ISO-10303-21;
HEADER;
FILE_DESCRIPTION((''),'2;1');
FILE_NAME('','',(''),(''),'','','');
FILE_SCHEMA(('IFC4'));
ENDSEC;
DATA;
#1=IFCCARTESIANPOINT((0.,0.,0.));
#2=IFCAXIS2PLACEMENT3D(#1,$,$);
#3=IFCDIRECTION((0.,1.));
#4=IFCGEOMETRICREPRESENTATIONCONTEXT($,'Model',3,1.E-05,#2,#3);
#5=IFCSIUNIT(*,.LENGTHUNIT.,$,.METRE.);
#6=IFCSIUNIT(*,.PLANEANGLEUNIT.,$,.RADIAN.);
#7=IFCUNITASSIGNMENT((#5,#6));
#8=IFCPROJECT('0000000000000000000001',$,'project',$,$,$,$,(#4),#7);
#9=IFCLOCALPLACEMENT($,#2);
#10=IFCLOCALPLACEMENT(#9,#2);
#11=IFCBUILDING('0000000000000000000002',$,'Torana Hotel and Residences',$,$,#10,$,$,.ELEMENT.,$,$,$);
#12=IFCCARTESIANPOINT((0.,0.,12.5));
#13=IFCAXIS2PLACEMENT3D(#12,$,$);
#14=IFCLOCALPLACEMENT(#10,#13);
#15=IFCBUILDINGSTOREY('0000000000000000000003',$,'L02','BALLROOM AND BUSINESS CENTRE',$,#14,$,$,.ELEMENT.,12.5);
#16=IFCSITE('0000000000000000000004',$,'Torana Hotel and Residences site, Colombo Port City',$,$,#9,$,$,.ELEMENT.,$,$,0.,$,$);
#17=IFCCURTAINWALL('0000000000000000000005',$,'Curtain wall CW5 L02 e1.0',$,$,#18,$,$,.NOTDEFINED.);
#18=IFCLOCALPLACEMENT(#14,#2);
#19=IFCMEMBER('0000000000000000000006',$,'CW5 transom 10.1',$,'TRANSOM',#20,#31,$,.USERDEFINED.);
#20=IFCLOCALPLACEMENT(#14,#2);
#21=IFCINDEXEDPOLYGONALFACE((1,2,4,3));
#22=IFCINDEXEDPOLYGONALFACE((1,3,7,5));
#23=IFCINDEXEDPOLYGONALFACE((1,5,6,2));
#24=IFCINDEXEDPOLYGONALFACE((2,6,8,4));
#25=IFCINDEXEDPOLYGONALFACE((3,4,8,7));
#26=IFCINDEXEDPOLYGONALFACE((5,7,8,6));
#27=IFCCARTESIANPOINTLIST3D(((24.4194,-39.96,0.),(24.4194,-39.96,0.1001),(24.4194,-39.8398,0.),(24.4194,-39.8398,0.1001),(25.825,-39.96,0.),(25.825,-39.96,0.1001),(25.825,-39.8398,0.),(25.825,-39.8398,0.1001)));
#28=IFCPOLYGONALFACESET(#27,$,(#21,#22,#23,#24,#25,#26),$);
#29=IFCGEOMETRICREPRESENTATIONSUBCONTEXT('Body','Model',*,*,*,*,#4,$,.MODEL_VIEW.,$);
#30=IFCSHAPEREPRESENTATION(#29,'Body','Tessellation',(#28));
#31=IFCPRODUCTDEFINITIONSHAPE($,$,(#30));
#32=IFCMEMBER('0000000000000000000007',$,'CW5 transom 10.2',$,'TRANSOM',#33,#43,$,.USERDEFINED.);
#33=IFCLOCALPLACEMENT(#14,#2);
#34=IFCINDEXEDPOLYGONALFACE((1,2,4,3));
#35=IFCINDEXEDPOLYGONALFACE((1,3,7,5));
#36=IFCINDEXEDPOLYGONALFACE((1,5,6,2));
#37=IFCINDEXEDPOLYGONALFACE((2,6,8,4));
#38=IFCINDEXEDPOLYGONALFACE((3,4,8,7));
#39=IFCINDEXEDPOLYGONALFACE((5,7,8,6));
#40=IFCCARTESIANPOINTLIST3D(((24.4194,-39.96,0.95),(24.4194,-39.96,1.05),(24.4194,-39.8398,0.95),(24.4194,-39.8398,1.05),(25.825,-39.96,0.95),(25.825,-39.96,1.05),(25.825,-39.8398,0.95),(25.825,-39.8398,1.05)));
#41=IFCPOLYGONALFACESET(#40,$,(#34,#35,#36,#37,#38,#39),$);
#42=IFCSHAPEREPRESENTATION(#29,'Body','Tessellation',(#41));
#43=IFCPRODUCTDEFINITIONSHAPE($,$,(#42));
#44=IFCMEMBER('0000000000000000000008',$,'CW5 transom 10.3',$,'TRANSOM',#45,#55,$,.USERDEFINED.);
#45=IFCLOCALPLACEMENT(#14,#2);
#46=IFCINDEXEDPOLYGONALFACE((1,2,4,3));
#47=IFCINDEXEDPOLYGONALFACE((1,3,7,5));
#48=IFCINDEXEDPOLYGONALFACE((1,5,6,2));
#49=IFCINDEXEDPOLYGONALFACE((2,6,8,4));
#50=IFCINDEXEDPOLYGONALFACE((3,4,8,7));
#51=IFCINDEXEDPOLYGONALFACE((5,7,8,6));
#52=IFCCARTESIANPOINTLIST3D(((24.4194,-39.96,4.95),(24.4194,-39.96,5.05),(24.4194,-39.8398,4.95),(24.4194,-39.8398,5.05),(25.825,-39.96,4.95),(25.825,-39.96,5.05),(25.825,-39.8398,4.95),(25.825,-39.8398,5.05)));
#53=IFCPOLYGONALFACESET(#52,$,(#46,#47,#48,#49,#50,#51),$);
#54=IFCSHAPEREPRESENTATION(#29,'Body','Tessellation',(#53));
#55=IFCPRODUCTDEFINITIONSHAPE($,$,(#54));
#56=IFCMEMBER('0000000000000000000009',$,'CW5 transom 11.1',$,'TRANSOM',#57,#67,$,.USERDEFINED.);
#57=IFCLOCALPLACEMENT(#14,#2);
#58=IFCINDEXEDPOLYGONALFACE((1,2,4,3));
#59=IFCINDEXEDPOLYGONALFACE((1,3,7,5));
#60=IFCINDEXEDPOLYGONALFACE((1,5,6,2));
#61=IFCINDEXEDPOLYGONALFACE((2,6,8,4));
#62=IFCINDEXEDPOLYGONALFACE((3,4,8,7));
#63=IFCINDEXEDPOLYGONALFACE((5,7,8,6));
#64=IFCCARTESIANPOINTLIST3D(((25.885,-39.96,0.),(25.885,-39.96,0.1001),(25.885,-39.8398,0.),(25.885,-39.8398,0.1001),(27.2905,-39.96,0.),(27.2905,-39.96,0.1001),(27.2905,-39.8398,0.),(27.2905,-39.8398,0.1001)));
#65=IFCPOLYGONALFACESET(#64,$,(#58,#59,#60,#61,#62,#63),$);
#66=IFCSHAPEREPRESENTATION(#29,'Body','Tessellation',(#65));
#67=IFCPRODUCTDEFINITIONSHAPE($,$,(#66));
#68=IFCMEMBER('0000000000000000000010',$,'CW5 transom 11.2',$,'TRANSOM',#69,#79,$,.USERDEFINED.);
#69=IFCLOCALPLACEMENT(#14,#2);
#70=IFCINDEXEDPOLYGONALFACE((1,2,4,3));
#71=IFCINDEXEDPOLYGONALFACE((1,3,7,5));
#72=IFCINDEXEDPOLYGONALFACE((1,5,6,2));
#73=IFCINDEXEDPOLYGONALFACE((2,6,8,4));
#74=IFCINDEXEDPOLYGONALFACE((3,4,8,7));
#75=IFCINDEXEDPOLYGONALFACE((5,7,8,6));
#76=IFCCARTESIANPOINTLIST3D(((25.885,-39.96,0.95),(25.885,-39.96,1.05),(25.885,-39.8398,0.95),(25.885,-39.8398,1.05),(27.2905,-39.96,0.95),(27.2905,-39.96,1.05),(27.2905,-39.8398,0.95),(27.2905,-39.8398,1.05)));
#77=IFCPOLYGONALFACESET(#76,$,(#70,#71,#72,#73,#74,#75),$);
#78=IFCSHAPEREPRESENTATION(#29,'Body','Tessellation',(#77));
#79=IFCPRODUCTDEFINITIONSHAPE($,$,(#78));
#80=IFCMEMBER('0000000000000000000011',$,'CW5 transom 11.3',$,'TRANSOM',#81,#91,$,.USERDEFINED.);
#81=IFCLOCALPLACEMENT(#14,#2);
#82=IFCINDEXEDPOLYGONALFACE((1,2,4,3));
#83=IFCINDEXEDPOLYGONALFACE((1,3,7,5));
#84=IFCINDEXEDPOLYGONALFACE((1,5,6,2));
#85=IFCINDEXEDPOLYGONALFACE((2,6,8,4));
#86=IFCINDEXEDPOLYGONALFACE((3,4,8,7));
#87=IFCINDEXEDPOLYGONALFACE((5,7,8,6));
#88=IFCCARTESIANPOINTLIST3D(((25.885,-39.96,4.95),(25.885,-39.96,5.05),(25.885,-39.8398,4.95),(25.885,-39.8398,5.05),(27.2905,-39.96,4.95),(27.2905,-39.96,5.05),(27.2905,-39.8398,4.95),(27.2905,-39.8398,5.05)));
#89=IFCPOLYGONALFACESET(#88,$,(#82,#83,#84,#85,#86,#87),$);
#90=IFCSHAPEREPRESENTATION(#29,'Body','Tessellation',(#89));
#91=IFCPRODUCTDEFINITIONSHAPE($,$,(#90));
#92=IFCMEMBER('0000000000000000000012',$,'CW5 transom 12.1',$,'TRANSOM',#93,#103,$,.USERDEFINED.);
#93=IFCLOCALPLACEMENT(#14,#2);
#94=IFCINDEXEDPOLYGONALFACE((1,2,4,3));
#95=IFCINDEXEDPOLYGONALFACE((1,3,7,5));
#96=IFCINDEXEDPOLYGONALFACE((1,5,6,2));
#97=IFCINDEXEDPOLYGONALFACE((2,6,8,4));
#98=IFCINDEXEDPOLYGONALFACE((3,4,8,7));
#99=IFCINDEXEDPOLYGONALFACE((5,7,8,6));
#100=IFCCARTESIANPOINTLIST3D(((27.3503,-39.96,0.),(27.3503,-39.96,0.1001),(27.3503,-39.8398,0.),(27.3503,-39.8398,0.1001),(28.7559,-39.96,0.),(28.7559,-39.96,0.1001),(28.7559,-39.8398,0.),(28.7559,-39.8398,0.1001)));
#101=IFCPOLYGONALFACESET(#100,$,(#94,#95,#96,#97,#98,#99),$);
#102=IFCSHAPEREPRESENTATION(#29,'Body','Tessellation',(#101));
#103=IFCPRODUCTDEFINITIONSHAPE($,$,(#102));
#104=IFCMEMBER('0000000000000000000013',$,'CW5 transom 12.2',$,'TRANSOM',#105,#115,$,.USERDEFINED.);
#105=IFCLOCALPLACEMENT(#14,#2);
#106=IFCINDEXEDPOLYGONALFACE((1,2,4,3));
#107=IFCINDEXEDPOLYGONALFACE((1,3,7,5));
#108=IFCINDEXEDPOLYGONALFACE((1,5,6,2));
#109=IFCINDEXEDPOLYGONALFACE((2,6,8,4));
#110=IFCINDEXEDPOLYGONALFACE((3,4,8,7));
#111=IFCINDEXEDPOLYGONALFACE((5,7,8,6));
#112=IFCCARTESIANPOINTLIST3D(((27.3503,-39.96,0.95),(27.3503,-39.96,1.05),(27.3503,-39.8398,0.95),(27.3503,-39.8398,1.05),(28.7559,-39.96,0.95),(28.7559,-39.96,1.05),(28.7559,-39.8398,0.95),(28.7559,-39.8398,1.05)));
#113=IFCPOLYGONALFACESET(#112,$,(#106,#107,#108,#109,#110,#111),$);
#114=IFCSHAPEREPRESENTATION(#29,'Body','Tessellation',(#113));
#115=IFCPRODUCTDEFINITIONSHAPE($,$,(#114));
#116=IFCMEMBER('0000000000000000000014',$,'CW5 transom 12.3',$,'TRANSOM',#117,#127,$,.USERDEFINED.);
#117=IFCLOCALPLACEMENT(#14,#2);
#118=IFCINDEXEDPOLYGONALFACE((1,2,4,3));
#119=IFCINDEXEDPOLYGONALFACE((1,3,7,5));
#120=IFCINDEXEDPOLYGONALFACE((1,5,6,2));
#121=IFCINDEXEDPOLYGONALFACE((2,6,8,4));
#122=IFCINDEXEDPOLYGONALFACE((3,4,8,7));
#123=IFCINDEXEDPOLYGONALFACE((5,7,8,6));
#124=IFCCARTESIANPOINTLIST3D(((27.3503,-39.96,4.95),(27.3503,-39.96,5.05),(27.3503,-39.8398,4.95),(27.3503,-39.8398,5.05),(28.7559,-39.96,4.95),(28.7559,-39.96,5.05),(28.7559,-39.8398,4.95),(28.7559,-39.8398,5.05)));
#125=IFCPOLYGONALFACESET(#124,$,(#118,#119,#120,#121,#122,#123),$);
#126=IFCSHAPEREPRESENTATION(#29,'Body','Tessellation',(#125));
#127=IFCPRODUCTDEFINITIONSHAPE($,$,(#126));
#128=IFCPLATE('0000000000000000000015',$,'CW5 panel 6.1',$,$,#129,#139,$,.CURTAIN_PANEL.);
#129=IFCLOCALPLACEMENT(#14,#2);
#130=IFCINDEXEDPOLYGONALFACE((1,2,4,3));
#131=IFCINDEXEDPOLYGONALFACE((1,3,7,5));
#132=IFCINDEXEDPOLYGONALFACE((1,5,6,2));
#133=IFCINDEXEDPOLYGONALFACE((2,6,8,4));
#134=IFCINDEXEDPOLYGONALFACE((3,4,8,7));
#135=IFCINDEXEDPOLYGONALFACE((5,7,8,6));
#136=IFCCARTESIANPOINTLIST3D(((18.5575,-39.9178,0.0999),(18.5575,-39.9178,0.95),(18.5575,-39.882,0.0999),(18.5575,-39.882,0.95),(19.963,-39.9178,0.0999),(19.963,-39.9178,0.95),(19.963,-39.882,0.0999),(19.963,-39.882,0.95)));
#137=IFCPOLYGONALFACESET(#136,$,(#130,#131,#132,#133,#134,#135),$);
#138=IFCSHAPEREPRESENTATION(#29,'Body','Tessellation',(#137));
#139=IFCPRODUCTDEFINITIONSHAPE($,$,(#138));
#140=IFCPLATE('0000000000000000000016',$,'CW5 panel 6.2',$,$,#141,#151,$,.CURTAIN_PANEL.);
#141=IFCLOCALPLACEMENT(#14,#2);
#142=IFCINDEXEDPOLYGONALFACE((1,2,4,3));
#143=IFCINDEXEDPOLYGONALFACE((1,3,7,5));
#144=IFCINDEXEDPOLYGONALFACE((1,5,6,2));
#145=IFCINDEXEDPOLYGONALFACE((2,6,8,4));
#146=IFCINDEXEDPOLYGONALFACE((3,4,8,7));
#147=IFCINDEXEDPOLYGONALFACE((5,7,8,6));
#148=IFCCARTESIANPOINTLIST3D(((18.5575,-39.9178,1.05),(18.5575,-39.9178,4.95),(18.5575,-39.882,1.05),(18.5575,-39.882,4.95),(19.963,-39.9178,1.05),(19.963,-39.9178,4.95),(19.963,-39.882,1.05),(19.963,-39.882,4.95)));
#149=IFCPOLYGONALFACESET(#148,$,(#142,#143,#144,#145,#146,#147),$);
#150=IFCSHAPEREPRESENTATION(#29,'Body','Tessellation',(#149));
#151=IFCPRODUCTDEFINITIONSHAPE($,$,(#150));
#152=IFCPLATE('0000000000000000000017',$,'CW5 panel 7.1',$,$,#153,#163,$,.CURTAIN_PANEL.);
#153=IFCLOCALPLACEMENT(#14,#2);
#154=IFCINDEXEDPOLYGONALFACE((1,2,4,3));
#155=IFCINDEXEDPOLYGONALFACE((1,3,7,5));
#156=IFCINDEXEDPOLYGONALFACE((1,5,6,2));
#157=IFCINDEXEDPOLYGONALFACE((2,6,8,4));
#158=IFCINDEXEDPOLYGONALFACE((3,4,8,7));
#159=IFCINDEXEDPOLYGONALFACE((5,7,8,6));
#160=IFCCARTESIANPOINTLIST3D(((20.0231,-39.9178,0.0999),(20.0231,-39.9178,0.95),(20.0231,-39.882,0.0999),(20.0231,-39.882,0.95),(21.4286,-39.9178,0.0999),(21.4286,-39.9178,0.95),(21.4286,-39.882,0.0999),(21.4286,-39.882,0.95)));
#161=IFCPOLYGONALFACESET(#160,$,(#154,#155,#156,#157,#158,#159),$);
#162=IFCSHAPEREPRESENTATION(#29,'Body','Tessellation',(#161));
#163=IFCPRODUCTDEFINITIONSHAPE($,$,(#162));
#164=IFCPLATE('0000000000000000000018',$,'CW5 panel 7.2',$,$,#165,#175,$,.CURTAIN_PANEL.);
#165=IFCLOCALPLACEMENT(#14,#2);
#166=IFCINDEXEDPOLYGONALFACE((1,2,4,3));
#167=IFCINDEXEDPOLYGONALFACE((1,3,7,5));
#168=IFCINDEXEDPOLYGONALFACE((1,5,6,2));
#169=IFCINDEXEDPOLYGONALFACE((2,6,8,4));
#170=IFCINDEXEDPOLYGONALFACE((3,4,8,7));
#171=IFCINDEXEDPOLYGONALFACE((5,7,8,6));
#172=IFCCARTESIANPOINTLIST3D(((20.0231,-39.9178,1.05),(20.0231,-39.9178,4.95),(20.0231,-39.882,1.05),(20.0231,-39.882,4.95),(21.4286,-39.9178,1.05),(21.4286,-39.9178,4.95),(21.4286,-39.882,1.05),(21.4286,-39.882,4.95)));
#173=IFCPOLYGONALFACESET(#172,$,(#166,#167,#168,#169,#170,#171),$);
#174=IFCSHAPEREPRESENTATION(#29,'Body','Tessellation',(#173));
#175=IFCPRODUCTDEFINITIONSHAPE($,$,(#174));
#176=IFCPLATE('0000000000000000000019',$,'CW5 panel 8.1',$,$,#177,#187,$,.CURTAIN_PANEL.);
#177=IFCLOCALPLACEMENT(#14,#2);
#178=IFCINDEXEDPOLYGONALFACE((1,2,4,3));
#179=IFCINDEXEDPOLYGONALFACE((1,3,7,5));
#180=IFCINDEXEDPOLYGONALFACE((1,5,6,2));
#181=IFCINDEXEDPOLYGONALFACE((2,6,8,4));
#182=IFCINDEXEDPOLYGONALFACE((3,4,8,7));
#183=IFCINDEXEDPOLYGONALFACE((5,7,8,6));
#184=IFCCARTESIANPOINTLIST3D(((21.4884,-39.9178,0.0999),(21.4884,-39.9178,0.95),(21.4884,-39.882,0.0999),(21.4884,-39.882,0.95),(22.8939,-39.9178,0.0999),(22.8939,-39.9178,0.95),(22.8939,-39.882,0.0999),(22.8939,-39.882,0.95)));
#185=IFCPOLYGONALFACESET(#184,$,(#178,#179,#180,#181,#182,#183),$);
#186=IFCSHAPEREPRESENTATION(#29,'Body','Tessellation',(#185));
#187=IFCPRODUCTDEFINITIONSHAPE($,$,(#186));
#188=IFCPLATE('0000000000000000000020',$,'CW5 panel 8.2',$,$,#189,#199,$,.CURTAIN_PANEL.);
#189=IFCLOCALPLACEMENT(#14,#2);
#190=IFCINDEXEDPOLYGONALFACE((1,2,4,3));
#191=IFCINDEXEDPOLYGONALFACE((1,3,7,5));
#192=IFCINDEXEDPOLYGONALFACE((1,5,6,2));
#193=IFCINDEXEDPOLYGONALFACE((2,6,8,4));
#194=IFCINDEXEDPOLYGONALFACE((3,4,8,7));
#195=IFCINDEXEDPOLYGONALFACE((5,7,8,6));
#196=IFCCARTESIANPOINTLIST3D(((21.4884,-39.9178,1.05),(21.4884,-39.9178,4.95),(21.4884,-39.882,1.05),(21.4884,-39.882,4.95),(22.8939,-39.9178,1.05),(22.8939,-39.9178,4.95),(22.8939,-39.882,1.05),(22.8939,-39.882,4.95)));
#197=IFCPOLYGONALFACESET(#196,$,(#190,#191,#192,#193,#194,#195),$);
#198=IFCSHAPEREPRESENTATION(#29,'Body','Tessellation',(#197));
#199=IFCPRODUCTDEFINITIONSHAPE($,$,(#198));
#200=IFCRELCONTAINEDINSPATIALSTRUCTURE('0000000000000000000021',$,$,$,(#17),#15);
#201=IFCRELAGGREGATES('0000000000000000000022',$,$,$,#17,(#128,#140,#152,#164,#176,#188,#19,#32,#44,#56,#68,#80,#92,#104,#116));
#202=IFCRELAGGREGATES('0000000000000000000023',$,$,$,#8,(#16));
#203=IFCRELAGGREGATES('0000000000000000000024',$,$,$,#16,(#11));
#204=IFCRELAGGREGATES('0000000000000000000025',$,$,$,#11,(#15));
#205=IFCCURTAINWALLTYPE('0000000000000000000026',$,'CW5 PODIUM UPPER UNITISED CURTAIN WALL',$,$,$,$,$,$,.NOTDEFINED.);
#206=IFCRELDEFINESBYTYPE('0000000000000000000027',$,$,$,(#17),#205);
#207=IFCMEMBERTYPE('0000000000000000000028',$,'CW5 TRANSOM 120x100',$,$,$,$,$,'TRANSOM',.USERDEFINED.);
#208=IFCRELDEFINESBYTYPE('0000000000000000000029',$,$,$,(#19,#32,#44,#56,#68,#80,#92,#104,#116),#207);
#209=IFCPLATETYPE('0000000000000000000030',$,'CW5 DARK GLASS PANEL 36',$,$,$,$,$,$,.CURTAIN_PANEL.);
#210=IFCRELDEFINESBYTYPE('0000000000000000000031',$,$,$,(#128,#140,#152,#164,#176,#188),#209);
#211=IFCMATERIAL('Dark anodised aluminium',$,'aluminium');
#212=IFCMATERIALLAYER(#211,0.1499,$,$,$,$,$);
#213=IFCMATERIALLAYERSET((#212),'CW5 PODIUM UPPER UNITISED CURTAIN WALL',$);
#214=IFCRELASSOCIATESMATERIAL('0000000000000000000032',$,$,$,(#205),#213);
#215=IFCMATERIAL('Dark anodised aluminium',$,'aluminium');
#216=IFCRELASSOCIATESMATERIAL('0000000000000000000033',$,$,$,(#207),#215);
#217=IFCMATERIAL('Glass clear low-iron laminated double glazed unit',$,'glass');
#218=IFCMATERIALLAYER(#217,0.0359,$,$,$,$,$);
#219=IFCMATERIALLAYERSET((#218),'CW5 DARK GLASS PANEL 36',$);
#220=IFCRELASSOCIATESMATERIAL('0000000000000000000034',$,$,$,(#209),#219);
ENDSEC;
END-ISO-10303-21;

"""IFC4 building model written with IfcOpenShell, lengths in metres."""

from ifc_helpers import new_model, si_unit, direction, frame, origin, origin_2d, place, context, subcontext, project, spatial, rectangle, extrude, material, layer, layer_set, material_profile, profile_set, type_object, element, aggregate, save


model = new_model("IFC4")

# Units and contexts
model_context = context("Model", 3, precision=1e-05, world=origin(), true_north=direction((0.0, 1.0)))
body_context = subcontext(model_context, "Body", "Model", "MODEL_VIEW")
ifc_project = project(units=[si_unit("LENGTHUNIT", "METRE"), si_unit("PLANEANGLEUNIT", "RADIAN")], contexts=[model_context])

# Site, building, storey
site_placement = place(None, origin())
site = spatial("IfcSite", under=ifc_project, at=site_placement, Name="Torana Hotel and Residences site, Colombo Port City", CompositionType="ELEMENT", RefElevation=0.0)
building_placement = place(site_placement, origin())
building = spatial("IfcBuilding", under=site, at=building_placement, Name="Torana Hotel and Residences", CompositionType="ELEMENT")
storey_placement = place(building_placement, frame((0.0, 0.0, 12.5)))
storey = spatial("IfcBuildingStorey", under=building, at=storey_placement, Name="L02", Description="BALLROOM AND BUSINESS CENTRE", CompositionType="ELEMENT", Elevation=12.5)

# Curtain wall, members, plates
ifc_material_1 = material(Name="Dark anodised aluminium", Category="aluminium")
ifc_layer_1 = layer(ifc_material_1, 0.1499)
ifc_layer_set_1 = layer_set([ifc_layer_1], Name="CW5 PODIUM UPPER UNITISED CURTAIN WALL")
curtain_wall_type = type_object("IfcCurtainWallType", Name="CW5 PODIUM UPPER UNITISED CURTAIN WALL", PredefinedType="NOTDEFINED", material=ifc_layer_set_1)
curtain_wall_placement = place(storey_placement, origin())
curtain_wall = element("IfcCurtainWall", 1, at=curtain_wall_placement, inside=storey, type_object=curtain_wall_type, Name="Curtain wall CW5 L02 e1.0", PredefinedType="NOTDEFINED")
ifc_material_2 = material(Name="Dark anodised aluminium", Category="aluminium")
ifc_material_profile_1 = material_profile(ifc_material_2, rectangle(XDim=0.1201, YDim=0.1001, at=origin_2d()), Name="CW5 TRANSOM 120x100")
ifc_profile_set_1 = profile_set([ifc_material_profile_1], Name="Dark anodised aluminium")
member_type_1 = type_object("IfcMemberType", Name="CW5 TRANSOM 120x100", ElementType="TRANSOM", PredefinedType="USERDEFINED", material=ifc_profile_set_1)
member_1_placement = place(storey_placement, frame((24.4194, -39.8999, 0.05), z_axis=(1.0, 0.0, 0.0), x_axis=(0.0, 1.0, 0.0)))
member_1 = element("IfcMember", 2, at=member_1_placement, type_object=member_type_1, Name="CW5 transom 10.1", ObjectType="TRANSOM", PredefinedType="USERDEFINED", context=body_context, shape_type="SweptSolid", body=[
    extrude(rectangle(XDim=0.1201, YDim=0.1001, at=origin_2d()), origin(), (0.0, 0.0, 1.0), 1.4055),
])
member_2_placement = place(storey_placement, frame((24.4194, -39.8999, 1.0), z_axis=(1.0, 0.0, 0.0), x_axis=(0.0, 1.0, 0.0)))
member_2 = element("IfcMember", 3, at=member_2_placement, type_object=member_type_1, Name="CW5 transom 10.2", ObjectType="TRANSOM", PredefinedType="USERDEFINED", context=body_context, shape_type="SweptSolid", body=[
    extrude(rectangle(XDim=0.1201, YDim=0.1001, at=origin_2d()), origin(), (0.0, 0.0, 1.0), 1.4055),
])
member_3_placement = place(storey_placement, frame((24.4194, -39.8999, 5.0), z_axis=(1.0, 0.0, 0.0), x_axis=(0.0, 1.0, 0.0)))
member_3 = element("IfcMember", 4, at=member_3_placement, type_object=member_type_1, Name="CW5 transom 10.3", ObjectType="TRANSOM", PredefinedType="USERDEFINED", context=body_context, shape_type="SweptSolid", body=[
    extrude(rectangle(XDim=0.1201, YDim=0.1001, at=origin_2d()), origin(), (0.0, 0.0, 1.0), 1.4055),
])
member_4_placement = place(storey_placement, frame((25.885, -39.8999, 0.05), z_axis=(1.0, 0.0, 0.0), x_axis=(0.0, 1.0, 0.0)))
member_4 = element("IfcMember", 5, at=member_4_placement, type_object=member_type_1, Name="CW5 transom 11.1", ObjectType="TRANSOM", PredefinedType="USERDEFINED", context=body_context, shape_type="SweptSolid", body=[
    extrude(rectangle(XDim=0.1201, YDim=0.1001, at=origin_2d()), origin(), (0.0, 0.0, 1.0), 1.4055),
])
member_5_placement = place(storey_placement, frame((25.885, -39.8999, 1.0), z_axis=(1.0, 0.0, 0.0), x_axis=(0.0, 1.0, 0.0)))
member_5 = element("IfcMember", 6, at=member_5_placement, type_object=member_type_1, Name="CW5 transom 11.2", ObjectType="TRANSOM", PredefinedType="USERDEFINED", context=body_context, shape_type="SweptSolid", body=[
    extrude(rectangle(XDim=0.1201, YDim=0.1001, at=origin_2d()), origin(), (0.0, 0.0, 1.0), 1.4055),
])
member_6_placement = place(storey_placement, frame((25.885, -39.8999, 5.0), z_axis=(1.0, 0.0, 0.0), x_axis=(0.0, 1.0, 0.0)))
member_6 = element("IfcMember", 7, at=member_6_placement, type_object=member_type_1, Name="CW5 transom 11.3", ObjectType="TRANSOM", PredefinedType="USERDEFINED", context=body_context, shape_type="SweptSolid", body=[
    extrude(rectangle(XDim=0.1201, YDim=0.1001, at=origin_2d()), origin(), (0.0, 0.0, 1.0), 1.4055),
])
member_7_placement = place(storey_placement, frame((27.3503, -39.8999, 0.05), z_axis=(1.0, 0.0, 0.0), x_axis=(0.0, 1.0, 0.0)))
member_7 = element("IfcMember", 8, at=member_7_placement, type_object=member_type_1, Name="CW5 transom 12.1", ObjectType="TRANSOM", PredefinedType="USERDEFINED", context=body_context, shape_type="SweptSolid", body=[
    extrude(rectangle(XDim=0.1201, YDim=0.1001, at=origin_2d()), origin(), (0.0, 0.0, 1.0), 1.4055),
])
member_8_placement = place(storey_placement, frame((27.3503, -39.8999, 1.0), z_axis=(1.0, 0.0, 0.0), x_axis=(0.0, 1.0, 0.0)))
member_8 = element("IfcMember", 9, at=member_8_placement, type_object=member_type_1, Name="CW5 transom 12.2", ObjectType="TRANSOM", PredefinedType="USERDEFINED", context=body_context, shape_type="SweptSolid", body=[
    extrude(rectangle(XDim=0.1201, YDim=0.1001, at=origin_2d()), origin(), (0.0, 0.0, 1.0), 1.4055),
])
member_9_placement = place(storey_placement, frame((27.3503, -39.8999, 5.0), z_axis=(1.0, 0.0, 0.0), x_axis=(0.0, 1.0, 0.0)))
member_9 = element("IfcMember", 10, at=member_9_placement, type_object=member_type_1, Name="CW5 transom 12.3", ObjectType="TRANSOM", PredefinedType="USERDEFINED", context=body_context, shape_type="SweptSolid", body=[
    extrude(rectangle(XDim=0.1201, YDim=0.1001, at=origin_2d()), origin(), (0.0, 0.0, 1.0), 1.4055),
])
ifc_material_3 = material(Name="Glass clear low-iron laminated double glazed unit", Category="glass")
ifc_layer_2 = layer(ifc_material_3, 0.0359)
ifc_layer_set_2 = layer_set([ifc_layer_2], Name="CW5 DARK GLASS PANEL 36")
plate_type = type_object("IfcPlateType", Name="CW5 DARK GLASS PANEL 36", PredefinedType="CURTAIN_PANEL", material=ifc_layer_set_2)
plate_1_placement = place(storey_placement, frame((19.2603, -39.8999, 0.0999), z_axis=(0.0, 0.0, 1.0), x_axis=(1.0, 0.0, 0.0)))
plate_1 = element("IfcPlate", 11, at=plate_1_placement, type_object=plate_type, Name="CW5 panel 6.1", PredefinedType="CURTAIN_PANEL", context=body_context, shape_type="SweptSolid", body=[
    extrude(rectangle(XDim=1.4055, YDim=0.0359, at=origin_2d()), origin(), (0.0, 0.0, 1.0), 0.8501),
])
plate_2_placement = place(storey_placement, frame((19.2603, -39.8999, 1.05), z_axis=(0.0, 0.0, 1.0), x_axis=(1.0, 0.0, 0.0)))
plate_2 = element("IfcPlate", 12, at=plate_2_placement, type_object=plate_type, Name="CW5 panel 6.2", PredefinedType="CURTAIN_PANEL", context=body_context, shape_type="SweptSolid", body=[
    extrude(rectangle(XDim=1.4055, YDim=0.0359, at=origin_2d()), origin(), (0.0, 0.0, 1.0), 3.8999),
])
plate_3_placement = place(storey_placement, frame((20.7258, -39.8999, 0.0999), z_axis=(0.0, 0.0, 1.0), x_axis=(1.0, 0.0, 0.0)))
plate_3 = element("IfcPlate", 13, at=plate_3_placement, type_object=plate_type, Name="CW5 panel 7.1", PredefinedType="CURTAIN_PANEL", context=body_context, shape_type="SweptSolid", body=[
    extrude(rectangle(XDim=1.4055, YDim=0.0359, at=origin_2d()), origin(), (0.0, 0.0, 1.0), 0.8501),
])
plate_4_placement = place(storey_placement, frame((20.7258, -39.8999, 1.05), z_axis=(0.0, 0.0, 1.0), x_axis=(1.0, 0.0, 0.0)))
plate_4 = element("IfcPlate", 14, at=plate_4_placement, type_object=plate_type, Name="CW5 panel 7.2", PredefinedType="CURTAIN_PANEL", context=body_context, shape_type="SweptSolid", body=[
    extrude(rectangle(XDim=1.4055, YDim=0.0359, at=origin_2d()), origin(), (0.0, 0.0, 1.0), 3.8999),
])
plate_5_placement = place(storey_placement, frame((22.1912, -39.8999, 0.0999), z_axis=(0.0, 0.0, 1.0), x_axis=(1.0, 0.0, 0.0)))
plate_5 = element("IfcPlate", 15, at=plate_5_placement, type_object=plate_type, Name="CW5 panel 8.1", PredefinedType="CURTAIN_PANEL", context=body_context, shape_type="SweptSolid", body=[
    extrude(rectangle(XDim=1.4055, YDim=0.0359, at=origin_2d()), origin(), (0.0, 0.0, 1.0), 0.8501),
])
plate_6_placement = place(storey_placement, frame((22.1912, -39.8999, 1.05), z_axis=(0.0, 0.0, 1.0), x_axis=(1.0, 0.0, 0.0)))
plate_6 = element("IfcPlate", 16, at=plate_6_placement, type_object=plate_type, Name="CW5 panel 8.2", PredefinedType="CURTAIN_PANEL", context=body_context, shape_type="SweptSolid", body=[
    extrude(rectangle(XDim=1.4055, YDim=0.0359, at=origin_2d()), origin(), (0.0, 0.0, 1.0), 3.8999),
])
aggregate(curtain_wall, [plate_1, plate_2, plate_3, plate_4, plate_5, plate_6, member_1, member_2, member_3, member_4, member_5, member_6, member_7, member_8, member_9])

save(model, "model.ifc")
